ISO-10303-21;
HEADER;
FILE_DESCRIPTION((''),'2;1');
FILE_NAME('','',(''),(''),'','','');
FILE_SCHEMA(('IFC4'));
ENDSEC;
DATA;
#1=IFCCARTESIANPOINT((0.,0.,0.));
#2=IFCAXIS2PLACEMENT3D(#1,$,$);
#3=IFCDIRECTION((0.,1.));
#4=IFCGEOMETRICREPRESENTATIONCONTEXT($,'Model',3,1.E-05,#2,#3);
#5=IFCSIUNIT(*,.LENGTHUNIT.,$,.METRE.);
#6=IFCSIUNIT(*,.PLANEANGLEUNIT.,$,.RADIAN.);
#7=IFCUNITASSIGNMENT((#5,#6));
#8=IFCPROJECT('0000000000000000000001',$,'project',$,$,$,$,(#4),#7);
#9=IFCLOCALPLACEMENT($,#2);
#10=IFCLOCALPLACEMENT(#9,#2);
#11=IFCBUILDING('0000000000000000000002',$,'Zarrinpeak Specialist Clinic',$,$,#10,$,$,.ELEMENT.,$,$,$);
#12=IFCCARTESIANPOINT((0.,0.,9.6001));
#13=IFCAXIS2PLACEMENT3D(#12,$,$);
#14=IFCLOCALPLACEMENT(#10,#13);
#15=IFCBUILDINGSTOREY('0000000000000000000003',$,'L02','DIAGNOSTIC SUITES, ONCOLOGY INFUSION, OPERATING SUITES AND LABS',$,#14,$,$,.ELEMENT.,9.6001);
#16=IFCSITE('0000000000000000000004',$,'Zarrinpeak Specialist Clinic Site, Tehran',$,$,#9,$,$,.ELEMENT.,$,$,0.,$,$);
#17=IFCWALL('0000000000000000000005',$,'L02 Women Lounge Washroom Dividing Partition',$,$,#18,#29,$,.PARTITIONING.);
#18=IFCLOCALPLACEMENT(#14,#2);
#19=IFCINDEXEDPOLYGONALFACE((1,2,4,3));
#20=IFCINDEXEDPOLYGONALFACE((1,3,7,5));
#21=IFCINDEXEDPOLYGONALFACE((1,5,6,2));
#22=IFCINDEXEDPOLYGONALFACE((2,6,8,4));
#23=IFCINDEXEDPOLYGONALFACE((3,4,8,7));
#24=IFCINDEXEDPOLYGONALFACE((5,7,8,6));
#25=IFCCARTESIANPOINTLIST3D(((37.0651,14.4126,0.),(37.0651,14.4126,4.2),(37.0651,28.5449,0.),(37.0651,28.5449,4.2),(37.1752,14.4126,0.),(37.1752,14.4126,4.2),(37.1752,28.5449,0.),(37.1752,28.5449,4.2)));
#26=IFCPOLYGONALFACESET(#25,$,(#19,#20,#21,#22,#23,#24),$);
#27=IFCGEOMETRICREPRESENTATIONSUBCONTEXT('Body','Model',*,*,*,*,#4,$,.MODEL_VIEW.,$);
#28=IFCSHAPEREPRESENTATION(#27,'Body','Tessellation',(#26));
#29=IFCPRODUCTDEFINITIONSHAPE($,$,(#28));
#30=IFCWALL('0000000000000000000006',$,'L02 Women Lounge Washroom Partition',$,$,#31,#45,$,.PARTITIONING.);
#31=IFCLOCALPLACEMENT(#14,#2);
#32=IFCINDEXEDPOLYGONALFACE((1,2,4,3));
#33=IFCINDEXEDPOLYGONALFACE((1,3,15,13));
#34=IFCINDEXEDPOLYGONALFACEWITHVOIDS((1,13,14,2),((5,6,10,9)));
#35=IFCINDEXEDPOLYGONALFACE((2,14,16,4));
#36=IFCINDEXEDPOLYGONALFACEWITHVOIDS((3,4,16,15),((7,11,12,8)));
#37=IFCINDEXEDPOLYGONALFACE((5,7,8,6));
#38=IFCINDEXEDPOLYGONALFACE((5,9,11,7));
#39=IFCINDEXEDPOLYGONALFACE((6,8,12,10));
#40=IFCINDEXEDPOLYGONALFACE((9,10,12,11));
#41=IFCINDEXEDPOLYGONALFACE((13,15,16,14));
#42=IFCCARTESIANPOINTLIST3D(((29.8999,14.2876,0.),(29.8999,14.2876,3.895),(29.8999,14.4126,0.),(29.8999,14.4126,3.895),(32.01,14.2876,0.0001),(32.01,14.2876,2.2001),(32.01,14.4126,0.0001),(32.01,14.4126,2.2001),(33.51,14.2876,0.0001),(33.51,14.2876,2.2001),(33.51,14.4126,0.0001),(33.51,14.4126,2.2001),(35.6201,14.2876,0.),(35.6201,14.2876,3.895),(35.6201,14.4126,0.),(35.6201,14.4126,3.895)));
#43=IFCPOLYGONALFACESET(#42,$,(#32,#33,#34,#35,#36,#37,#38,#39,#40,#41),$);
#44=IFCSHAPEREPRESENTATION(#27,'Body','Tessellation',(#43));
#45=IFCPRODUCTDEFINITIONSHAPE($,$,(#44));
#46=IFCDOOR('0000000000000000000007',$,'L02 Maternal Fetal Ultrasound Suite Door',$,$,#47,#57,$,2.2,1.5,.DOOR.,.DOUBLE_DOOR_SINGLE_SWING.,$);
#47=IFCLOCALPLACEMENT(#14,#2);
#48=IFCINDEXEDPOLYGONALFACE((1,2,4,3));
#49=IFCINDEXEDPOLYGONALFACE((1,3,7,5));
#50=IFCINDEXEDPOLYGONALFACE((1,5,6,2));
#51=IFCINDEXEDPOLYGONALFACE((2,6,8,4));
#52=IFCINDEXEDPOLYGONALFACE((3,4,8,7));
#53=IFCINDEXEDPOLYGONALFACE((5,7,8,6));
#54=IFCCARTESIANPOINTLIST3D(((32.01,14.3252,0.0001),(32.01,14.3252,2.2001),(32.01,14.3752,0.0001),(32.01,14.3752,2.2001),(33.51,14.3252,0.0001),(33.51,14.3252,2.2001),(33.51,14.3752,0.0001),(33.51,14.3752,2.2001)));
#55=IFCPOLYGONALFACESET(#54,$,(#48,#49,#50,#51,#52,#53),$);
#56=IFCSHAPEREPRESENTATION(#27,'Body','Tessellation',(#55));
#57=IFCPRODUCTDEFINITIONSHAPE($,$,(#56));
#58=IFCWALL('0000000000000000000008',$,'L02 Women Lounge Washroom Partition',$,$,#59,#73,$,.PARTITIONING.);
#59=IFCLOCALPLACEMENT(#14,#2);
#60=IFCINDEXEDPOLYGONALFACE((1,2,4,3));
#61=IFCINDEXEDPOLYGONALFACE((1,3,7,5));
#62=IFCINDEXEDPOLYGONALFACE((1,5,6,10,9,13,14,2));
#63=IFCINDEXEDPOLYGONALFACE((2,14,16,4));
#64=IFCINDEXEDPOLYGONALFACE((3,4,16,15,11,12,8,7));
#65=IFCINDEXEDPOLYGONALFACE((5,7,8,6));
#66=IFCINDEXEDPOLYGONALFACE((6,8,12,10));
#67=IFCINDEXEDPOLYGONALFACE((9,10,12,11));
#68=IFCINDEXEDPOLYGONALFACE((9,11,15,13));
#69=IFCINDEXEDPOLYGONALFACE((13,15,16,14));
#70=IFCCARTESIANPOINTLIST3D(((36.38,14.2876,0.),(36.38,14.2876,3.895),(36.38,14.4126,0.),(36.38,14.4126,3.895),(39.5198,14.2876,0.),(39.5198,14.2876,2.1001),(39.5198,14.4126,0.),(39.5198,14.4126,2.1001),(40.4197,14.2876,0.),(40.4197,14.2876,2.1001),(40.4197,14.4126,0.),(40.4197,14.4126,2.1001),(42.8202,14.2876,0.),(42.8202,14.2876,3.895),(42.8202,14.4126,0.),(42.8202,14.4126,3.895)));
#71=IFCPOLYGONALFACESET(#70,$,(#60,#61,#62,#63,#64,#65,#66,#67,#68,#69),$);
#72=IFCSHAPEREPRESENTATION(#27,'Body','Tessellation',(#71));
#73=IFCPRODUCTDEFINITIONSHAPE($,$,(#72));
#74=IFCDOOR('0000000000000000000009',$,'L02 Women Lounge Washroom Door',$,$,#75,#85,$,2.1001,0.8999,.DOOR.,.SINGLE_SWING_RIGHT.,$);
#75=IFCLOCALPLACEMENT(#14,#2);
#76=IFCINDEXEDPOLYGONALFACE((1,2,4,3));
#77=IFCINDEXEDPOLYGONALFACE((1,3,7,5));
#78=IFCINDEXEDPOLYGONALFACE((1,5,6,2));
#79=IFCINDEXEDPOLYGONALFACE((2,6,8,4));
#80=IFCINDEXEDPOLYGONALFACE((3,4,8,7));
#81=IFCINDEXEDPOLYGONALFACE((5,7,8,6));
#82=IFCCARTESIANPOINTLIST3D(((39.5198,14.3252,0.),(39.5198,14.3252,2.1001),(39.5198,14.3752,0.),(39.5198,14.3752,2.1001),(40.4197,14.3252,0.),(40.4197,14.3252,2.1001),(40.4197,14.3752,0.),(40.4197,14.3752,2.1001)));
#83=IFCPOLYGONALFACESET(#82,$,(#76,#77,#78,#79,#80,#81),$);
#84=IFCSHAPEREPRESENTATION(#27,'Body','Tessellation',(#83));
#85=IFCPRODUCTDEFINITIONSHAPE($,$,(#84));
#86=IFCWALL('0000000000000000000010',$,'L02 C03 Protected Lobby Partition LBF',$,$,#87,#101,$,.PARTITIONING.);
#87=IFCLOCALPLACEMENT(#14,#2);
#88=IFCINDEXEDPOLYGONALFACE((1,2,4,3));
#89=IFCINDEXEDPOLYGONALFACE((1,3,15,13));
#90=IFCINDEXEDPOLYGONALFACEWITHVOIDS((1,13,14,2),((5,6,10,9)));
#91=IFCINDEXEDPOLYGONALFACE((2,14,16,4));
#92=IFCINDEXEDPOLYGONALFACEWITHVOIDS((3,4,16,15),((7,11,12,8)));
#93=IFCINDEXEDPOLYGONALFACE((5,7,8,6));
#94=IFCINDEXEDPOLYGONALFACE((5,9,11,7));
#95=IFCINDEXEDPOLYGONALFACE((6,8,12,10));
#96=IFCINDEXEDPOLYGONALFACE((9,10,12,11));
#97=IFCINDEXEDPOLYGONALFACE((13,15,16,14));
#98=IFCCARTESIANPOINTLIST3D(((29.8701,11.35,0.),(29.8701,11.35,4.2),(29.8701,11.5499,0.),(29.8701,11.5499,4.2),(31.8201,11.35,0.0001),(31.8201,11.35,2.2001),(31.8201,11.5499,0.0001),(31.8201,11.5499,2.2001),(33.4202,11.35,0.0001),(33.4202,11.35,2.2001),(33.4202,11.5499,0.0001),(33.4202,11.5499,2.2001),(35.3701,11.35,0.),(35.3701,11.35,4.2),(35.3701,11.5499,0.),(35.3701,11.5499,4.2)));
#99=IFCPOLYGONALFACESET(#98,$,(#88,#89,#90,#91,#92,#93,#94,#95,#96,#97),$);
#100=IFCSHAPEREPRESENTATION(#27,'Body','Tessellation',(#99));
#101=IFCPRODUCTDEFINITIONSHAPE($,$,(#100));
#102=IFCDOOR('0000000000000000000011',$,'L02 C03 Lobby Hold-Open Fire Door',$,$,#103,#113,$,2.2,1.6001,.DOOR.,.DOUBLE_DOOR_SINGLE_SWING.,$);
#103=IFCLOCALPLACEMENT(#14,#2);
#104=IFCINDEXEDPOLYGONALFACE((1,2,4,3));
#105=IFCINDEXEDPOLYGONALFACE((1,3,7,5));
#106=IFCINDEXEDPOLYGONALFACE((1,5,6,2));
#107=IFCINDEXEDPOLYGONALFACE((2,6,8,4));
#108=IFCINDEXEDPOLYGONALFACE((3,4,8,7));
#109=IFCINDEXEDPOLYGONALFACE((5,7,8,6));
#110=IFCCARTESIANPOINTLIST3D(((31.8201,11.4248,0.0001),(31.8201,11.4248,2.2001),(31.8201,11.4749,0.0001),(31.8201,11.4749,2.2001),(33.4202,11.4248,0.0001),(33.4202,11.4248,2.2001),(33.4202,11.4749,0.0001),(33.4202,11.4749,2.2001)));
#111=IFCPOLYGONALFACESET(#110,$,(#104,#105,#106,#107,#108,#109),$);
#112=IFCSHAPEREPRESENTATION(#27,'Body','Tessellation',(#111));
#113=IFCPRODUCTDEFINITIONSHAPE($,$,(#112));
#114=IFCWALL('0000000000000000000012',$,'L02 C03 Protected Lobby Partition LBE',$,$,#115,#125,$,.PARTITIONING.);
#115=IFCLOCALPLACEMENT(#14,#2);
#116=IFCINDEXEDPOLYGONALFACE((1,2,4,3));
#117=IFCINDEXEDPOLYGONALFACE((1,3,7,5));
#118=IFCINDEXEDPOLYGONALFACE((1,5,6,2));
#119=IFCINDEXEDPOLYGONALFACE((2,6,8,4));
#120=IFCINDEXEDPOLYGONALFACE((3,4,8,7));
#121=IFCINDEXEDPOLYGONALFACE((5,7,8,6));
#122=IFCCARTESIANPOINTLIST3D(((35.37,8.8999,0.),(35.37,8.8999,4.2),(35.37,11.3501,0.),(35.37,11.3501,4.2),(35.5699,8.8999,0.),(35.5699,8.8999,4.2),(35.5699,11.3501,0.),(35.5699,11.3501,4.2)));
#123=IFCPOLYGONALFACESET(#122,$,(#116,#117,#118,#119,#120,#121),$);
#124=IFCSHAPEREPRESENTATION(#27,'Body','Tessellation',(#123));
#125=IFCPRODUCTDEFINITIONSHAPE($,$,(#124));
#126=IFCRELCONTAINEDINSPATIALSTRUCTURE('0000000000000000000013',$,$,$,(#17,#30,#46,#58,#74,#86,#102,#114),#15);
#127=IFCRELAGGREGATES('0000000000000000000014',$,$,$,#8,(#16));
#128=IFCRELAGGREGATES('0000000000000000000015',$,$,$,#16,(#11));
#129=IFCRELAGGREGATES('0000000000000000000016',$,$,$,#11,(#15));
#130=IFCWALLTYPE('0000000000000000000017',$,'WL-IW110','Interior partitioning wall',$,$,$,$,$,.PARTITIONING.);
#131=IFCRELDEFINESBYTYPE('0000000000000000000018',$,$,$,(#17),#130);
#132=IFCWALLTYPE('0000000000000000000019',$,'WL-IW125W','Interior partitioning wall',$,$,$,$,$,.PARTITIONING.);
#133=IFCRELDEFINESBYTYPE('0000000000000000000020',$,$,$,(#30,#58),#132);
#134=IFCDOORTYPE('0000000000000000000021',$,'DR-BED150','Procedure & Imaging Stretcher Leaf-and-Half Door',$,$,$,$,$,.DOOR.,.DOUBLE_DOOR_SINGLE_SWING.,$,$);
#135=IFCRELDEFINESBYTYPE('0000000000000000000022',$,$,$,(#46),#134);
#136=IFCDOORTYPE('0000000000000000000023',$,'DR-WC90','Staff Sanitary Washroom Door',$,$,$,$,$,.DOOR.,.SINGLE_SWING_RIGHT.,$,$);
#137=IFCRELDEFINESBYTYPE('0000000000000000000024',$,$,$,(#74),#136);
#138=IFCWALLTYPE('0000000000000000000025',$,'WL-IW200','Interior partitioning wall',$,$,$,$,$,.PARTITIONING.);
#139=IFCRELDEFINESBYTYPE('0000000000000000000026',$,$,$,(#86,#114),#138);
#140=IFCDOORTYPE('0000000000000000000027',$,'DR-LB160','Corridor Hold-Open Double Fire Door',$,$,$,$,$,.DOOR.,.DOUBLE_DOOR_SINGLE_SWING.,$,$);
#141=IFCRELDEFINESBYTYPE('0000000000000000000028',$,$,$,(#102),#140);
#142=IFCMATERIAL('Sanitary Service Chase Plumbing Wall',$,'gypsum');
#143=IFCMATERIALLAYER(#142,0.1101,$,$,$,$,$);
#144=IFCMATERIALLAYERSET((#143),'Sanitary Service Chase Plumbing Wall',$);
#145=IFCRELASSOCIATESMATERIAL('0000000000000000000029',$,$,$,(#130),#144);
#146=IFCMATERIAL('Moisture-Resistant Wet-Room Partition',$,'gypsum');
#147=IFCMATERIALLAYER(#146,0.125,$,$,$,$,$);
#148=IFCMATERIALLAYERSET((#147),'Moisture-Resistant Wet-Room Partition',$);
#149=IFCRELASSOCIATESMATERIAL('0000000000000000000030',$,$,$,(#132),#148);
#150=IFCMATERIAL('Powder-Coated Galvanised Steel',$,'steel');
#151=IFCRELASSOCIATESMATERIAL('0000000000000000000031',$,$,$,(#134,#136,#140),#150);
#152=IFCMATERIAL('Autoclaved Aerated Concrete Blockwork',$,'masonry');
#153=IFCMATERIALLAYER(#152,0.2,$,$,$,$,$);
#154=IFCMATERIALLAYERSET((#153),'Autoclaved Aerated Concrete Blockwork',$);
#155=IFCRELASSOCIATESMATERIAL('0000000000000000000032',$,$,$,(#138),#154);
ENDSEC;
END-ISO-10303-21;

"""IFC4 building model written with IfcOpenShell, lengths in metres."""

from ifc_helpers import new_model, si_unit, direction, frame, frame_2d, origin, place, context, subcontext, project, spatial, rectangle, extrude, material, layer, layer_set, type_object, element, fill, save


model = new_model("IFC4")

# Units and contexts
model_context = context("Model", 3, precision=1e-05, world=origin(), true_north=direction((0.0, 1.0)))
body_context = subcontext(model_context, "Body", "Model", "MODEL_VIEW")
ifc_project = project(units=[si_unit("LENGTHUNIT", "METRE"), si_unit("PLANEANGLEUNIT", "RADIAN")], contexts=[model_context])

# Site, building, storey
site_placement = place(None, origin())
site = spatial("IfcSite", under=ifc_project, at=site_placement, Name="Zarrinpeak Specialist Clinic Site, Tehran", CompositionType="ELEMENT", RefElevation=0.0)
building_placement = place(site_placement, origin())
building = spatial("IfcBuilding", under=site, at=building_placement, Name="Zarrinpeak Specialist Clinic", CompositionType="ELEMENT")
storey_placement = place(building_placement, frame((0.0, 0.0, 9.6001)))
storey = spatial("IfcBuildingStorey", under=building, at=storey_placement, Name="L02", Description="DIAGNOSTIC SUITES, ONCOLOGY INFUSION, OPERATING SUITES AND LABS", CompositionType="ELEMENT", Elevation=9.6001)

# Shared definitions
ifc_material_1 = material(Name="Powder-Coated Galvanised Steel", Category="steel")

# Wall
ifc_material_2 = material(Name="Sanitary Service Chase Plumbing Wall", Category="gypsum")
ifc_layer_1 = layer(ifc_material_2, 0.1101)
ifc_layer_set_1 = layer_set([ifc_layer_1], Name="Sanitary Service Chase Plumbing Wall")
wall_type_1 = type_object("IfcWallType", Name="WL-IW110", Description="Interior partitioning wall", PredefinedType="PARTITIONING", material=ifc_layer_set_1)
wall_1_placement = place(storey_placement, frame((37.1201, 14.4126, 0.0), z_axis=(0.0, 0.0, 1.0), x_axis=(0.0, 1.0, 0.0)))
element("IfcWall", 1, at=wall_1_placement, inside=storey, type_object=wall_type_1, Name="L02 Women Lounge Washroom Dividing Partition", PredefinedType="PARTITIONING", context=body_context, shape_type="SweptSolid", body=[
    extrude(rectangle(XDim=14.1323, YDim=0.1101, at=frame_2d((7.0662, 0.0))), origin(), (0.0, 0.0, 1.0), 4.2),
])

# Walls, openings, doors
ifc_material_3 = material(Name="Moisture-Resistant Wet-Room Partition", Category="gypsum")
ifc_layer_2 = layer(ifc_material_3, 0.125)
ifc_layer_set_2 = layer_set([ifc_layer_2], Name="Moisture-Resistant Wet-Room Partition")
wall_type_2 = type_object("IfcWallType", Name="WL-IW125W", Description="Interior partitioning wall", PredefinedType="PARTITIONING", material=ifc_layer_set_2)
wall_2_placement = place(storey_placement, frame((29.8999, 14.3501, 0.0), z_axis=(0.0, 0.0, 1.0), x_axis=(1.0, 0.0, 0.0)))
wall_2 = element("IfcWall", 2, at=wall_2_placement, inside=storey, type_object=wall_type_2, Name="L02 Women Lounge Washroom Partition", PredefinedType="PARTITIONING", context=body_context, shape_type="SweptSolid", body=[
    extrude(rectangle(XDim=5.7202, YDim=0.125, at=frame_2d((2.8601, 0.0))), origin(), (0.0, 0.0, 1.0), 3.895),
])
opening_1_placement = place(wall_2_placement, frame((2.1101, 0.0, 0.0)))
opening_1 = element("IfcOpeningElement", 3, at=opening_1_placement, cuts=wall_2, PredefinedType="OPENING", context=body_context, shape_type="SweptSolid", body=[
    extrude(rectangle(XDim=1.5, YDim=2.2, at=frame_2d((0.75, 1.1001))), frame((0.0, 0.0725, 0.0), z_axis=(0.0, -1.0, 0.0), x_axis=(1.0, 0.0, 0.0)), (0.0, 0.0, 1.0), 0.145),
])
door_type_1 = type_object("IfcDoorType", Name="DR-BED150", Description="Procedure & Imaging Stretcher Leaf-and-Half Door", OperationType="DOUBLE_DOOR_SINGLE_SWING", PredefinedType="DOOR", material=ifc_material_1)
door_1_placement = place(opening_1_placement, frame((1.5, 0.0, 0.0), z_axis=(0.0, 0.0, 1.0), x_axis=(-1.0, 0.0, 0.0)))
door_1 = element("IfcDoor", 4, at=door_1_placement, inside=storey, type_object=door_type_1, Name="L02 Maternal Fetal Ultrasound Suite Door", OperationType="DOUBLE_DOOR_SINGLE_SWING", OverallHeight=2.2, OverallWidth=1.5, PredefinedType="DOOR", context=body_context, shape_type="SweptSolid", body=[
    extrude(rectangle(XDim=1.5, YDim=2.2, at=frame_2d((0.75, 1.1001))), frame((0.0, 0.0249, 0.0), z_axis=(0.0, -1.0, 0.0), x_axis=(1.0, 0.0, 0.0)), (0.0, 0.0, 1.0), 0.05),
])
fill(opening_1, door_1)
wall_3_placement = place(storey_placement, frame((36.3799, 14.3501, 0.0), z_axis=(0.0, 0.0, 1.0), x_axis=(1.0, 0.0, 0.0)))
wall_3 = element("IfcWall", 5, at=wall_3_placement, inside=storey, type_object=wall_type_2, Name="L02 Women Lounge Washroom Partition", PredefinedType="PARTITIONING", context=body_context, shape_type="SweptSolid", body=[
    extrude(rectangle(XDim=6.4402, YDim=0.125, at=frame_2d((3.2202, 0.0))), origin(), (0.0, 0.0, 1.0), 3.895),
])
opening_2_placement = place(wall_3_placement, frame((3.1399, 0.0, 0.0)))
opening_2 = element("IfcOpeningElement", 6, at=opening_2_placement, cuts=wall_3, PredefinedType="OPENING", context=body_context, shape_type="SweptSolid", body=[
    extrude(rectangle(XDim=0.8999, YDim=2.1001, at=frame_2d((0.45, 1.05))), frame((0.0, 0.0725, 0.0), z_axis=(0.0, -1.0, 0.0), x_axis=(1.0, 0.0, 0.0)), (0.0, 0.0, 1.0), 0.145),
])
door_type_2 = type_object("IfcDoorType", Name="DR-WC90", Description="Staff Sanitary Washroom Door", OperationType="SINGLE_SWING_RIGHT", PredefinedType="DOOR", material=ifc_material_1)
door_2_placement = place(opening_2_placement, frame((0.8999, 0.0, 0.0), z_axis=(0.0, 0.0, 1.0), x_axis=(-1.0, 0.0, 0.0)))
door_2 = element("IfcDoor", 7, at=door_2_placement, inside=storey, type_object=door_type_2, Name="L02 Women Lounge Washroom Door", OperationType="SINGLE_SWING_RIGHT", OverallHeight=2.1001, OverallWidth=0.8999, PredefinedType="DOOR", context=body_context, shape_type="SweptSolid", body=[
    extrude(rectangle(XDim=0.8999, YDim=2.1001, at=frame_2d((0.45, 1.05))), frame((0.0, 0.0249, 0.0), z_axis=(0.0, -1.0, 0.0), x_axis=(1.0, 0.0, 0.0)), (0.0, 0.0, 1.0), 0.05),
])
fill(opening_2, door_2)
ifc_material_4 = material(Name="Autoclaved Aerated Concrete Blockwork", Category="masonry")
ifc_layer_3 = layer(ifc_material_4, 0.2)
ifc_layer_set_3 = layer_set([ifc_layer_3], Name="Autoclaved Aerated Concrete Blockwork")
wall_type_3 = type_object("IfcWallType", Name="WL-IW200", Description="Interior partitioning wall", PredefinedType="PARTITIONING", material=ifc_layer_set_3)
wall_4_placement = place(storey_placement, frame((29.8701, 11.45, 0.0), z_axis=(0.0, 0.0, 1.0), x_axis=(1.0, 0.0, 0.0)))
wall_4 = element("IfcWall", 8, at=wall_4_placement, inside=storey, type_object=wall_type_3, Name="L02 C03 Protected Lobby Partition LBF", PredefinedType="PARTITIONING", context=body_context, shape_type="SweptSolid", body=[
    extrude(rectangle(XDim=5.5, YDim=0.2, at=frame_2d((2.75, 0.0))), origin(), (0.0, 0.0, 1.0), 4.2),
])
opening_3_placement = place(wall_4_placement, frame((1.95, 0.0, 0.0)))
opening_3 = element("IfcOpeningElement", 9, at=opening_3_placement, cuts=wall_4, PredefinedType="OPENING", context=body_context, shape_type="SweptSolid", body=[
    extrude(rectangle(XDim=1.6001, YDim=2.2, at=frame_2d((0.8, 1.1001))), frame((0.0, 0.1099, 0.0), z_axis=(0.0, -1.0, 0.0), x_axis=(1.0, 0.0, 0.0)), (0.0, 0.0, 1.0), 0.22),
])
door_type_3 = type_object("IfcDoorType", Name="DR-LB160", Description="Corridor Hold-Open Double Fire Door", OperationType="DOUBLE_DOOR_SINGLE_SWING", PredefinedType="DOOR", material=ifc_material_1)
door_3_placement = place(opening_3_placement, origin())
door_3 = element("IfcDoor", 10, at=door_3_placement, inside=storey, type_object=door_type_3, Name="L02 C03 Lobby Hold-Open Fire Door", OperationType="DOUBLE_DOOR_SINGLE_SWING", OverallHeight=2.2, OverallWidth=1.6001, PredefinedType="DOOR", context=body_context, shape_type="SweptSolid", body=[
    extrude(rectangle(XDim=1.6001, YDim=2.2, at=frame_2d((0.8, 1.1001))), frame((0.0, 0.0249, 0.0), z_axis=(0.0, -1.0, 0.0), x_axis=(1.0, 0.0, 0.0)), (0.0, 0.0, 1.0), 0.05),
])
fill(opening_3, door_3)

# Wall
wall_5_placement = place(storey_placement, frame((35.47, 8.8999, 0.0), z_axis=(0.0, 0.0, 1.0), x_axis=(0.0, 1.0, 0.0)))
element("IfcWall", 11, at=wall_5_placement, inside=storey, type_object=wall_type_3, Name="L02 C03 Protected Lobby Partition LBE", PredefinedType="PARTITIONING", context=body_context, shape_type="SweptSolid", body=[
    extrude(rectangle(XDim=2.4502, YDim=0.2, at=frame_2d((1.2251, 0.0))), origin(), (0.0, 0.0, 1.0), 4.2),
])

save(model, "model.ifc")
